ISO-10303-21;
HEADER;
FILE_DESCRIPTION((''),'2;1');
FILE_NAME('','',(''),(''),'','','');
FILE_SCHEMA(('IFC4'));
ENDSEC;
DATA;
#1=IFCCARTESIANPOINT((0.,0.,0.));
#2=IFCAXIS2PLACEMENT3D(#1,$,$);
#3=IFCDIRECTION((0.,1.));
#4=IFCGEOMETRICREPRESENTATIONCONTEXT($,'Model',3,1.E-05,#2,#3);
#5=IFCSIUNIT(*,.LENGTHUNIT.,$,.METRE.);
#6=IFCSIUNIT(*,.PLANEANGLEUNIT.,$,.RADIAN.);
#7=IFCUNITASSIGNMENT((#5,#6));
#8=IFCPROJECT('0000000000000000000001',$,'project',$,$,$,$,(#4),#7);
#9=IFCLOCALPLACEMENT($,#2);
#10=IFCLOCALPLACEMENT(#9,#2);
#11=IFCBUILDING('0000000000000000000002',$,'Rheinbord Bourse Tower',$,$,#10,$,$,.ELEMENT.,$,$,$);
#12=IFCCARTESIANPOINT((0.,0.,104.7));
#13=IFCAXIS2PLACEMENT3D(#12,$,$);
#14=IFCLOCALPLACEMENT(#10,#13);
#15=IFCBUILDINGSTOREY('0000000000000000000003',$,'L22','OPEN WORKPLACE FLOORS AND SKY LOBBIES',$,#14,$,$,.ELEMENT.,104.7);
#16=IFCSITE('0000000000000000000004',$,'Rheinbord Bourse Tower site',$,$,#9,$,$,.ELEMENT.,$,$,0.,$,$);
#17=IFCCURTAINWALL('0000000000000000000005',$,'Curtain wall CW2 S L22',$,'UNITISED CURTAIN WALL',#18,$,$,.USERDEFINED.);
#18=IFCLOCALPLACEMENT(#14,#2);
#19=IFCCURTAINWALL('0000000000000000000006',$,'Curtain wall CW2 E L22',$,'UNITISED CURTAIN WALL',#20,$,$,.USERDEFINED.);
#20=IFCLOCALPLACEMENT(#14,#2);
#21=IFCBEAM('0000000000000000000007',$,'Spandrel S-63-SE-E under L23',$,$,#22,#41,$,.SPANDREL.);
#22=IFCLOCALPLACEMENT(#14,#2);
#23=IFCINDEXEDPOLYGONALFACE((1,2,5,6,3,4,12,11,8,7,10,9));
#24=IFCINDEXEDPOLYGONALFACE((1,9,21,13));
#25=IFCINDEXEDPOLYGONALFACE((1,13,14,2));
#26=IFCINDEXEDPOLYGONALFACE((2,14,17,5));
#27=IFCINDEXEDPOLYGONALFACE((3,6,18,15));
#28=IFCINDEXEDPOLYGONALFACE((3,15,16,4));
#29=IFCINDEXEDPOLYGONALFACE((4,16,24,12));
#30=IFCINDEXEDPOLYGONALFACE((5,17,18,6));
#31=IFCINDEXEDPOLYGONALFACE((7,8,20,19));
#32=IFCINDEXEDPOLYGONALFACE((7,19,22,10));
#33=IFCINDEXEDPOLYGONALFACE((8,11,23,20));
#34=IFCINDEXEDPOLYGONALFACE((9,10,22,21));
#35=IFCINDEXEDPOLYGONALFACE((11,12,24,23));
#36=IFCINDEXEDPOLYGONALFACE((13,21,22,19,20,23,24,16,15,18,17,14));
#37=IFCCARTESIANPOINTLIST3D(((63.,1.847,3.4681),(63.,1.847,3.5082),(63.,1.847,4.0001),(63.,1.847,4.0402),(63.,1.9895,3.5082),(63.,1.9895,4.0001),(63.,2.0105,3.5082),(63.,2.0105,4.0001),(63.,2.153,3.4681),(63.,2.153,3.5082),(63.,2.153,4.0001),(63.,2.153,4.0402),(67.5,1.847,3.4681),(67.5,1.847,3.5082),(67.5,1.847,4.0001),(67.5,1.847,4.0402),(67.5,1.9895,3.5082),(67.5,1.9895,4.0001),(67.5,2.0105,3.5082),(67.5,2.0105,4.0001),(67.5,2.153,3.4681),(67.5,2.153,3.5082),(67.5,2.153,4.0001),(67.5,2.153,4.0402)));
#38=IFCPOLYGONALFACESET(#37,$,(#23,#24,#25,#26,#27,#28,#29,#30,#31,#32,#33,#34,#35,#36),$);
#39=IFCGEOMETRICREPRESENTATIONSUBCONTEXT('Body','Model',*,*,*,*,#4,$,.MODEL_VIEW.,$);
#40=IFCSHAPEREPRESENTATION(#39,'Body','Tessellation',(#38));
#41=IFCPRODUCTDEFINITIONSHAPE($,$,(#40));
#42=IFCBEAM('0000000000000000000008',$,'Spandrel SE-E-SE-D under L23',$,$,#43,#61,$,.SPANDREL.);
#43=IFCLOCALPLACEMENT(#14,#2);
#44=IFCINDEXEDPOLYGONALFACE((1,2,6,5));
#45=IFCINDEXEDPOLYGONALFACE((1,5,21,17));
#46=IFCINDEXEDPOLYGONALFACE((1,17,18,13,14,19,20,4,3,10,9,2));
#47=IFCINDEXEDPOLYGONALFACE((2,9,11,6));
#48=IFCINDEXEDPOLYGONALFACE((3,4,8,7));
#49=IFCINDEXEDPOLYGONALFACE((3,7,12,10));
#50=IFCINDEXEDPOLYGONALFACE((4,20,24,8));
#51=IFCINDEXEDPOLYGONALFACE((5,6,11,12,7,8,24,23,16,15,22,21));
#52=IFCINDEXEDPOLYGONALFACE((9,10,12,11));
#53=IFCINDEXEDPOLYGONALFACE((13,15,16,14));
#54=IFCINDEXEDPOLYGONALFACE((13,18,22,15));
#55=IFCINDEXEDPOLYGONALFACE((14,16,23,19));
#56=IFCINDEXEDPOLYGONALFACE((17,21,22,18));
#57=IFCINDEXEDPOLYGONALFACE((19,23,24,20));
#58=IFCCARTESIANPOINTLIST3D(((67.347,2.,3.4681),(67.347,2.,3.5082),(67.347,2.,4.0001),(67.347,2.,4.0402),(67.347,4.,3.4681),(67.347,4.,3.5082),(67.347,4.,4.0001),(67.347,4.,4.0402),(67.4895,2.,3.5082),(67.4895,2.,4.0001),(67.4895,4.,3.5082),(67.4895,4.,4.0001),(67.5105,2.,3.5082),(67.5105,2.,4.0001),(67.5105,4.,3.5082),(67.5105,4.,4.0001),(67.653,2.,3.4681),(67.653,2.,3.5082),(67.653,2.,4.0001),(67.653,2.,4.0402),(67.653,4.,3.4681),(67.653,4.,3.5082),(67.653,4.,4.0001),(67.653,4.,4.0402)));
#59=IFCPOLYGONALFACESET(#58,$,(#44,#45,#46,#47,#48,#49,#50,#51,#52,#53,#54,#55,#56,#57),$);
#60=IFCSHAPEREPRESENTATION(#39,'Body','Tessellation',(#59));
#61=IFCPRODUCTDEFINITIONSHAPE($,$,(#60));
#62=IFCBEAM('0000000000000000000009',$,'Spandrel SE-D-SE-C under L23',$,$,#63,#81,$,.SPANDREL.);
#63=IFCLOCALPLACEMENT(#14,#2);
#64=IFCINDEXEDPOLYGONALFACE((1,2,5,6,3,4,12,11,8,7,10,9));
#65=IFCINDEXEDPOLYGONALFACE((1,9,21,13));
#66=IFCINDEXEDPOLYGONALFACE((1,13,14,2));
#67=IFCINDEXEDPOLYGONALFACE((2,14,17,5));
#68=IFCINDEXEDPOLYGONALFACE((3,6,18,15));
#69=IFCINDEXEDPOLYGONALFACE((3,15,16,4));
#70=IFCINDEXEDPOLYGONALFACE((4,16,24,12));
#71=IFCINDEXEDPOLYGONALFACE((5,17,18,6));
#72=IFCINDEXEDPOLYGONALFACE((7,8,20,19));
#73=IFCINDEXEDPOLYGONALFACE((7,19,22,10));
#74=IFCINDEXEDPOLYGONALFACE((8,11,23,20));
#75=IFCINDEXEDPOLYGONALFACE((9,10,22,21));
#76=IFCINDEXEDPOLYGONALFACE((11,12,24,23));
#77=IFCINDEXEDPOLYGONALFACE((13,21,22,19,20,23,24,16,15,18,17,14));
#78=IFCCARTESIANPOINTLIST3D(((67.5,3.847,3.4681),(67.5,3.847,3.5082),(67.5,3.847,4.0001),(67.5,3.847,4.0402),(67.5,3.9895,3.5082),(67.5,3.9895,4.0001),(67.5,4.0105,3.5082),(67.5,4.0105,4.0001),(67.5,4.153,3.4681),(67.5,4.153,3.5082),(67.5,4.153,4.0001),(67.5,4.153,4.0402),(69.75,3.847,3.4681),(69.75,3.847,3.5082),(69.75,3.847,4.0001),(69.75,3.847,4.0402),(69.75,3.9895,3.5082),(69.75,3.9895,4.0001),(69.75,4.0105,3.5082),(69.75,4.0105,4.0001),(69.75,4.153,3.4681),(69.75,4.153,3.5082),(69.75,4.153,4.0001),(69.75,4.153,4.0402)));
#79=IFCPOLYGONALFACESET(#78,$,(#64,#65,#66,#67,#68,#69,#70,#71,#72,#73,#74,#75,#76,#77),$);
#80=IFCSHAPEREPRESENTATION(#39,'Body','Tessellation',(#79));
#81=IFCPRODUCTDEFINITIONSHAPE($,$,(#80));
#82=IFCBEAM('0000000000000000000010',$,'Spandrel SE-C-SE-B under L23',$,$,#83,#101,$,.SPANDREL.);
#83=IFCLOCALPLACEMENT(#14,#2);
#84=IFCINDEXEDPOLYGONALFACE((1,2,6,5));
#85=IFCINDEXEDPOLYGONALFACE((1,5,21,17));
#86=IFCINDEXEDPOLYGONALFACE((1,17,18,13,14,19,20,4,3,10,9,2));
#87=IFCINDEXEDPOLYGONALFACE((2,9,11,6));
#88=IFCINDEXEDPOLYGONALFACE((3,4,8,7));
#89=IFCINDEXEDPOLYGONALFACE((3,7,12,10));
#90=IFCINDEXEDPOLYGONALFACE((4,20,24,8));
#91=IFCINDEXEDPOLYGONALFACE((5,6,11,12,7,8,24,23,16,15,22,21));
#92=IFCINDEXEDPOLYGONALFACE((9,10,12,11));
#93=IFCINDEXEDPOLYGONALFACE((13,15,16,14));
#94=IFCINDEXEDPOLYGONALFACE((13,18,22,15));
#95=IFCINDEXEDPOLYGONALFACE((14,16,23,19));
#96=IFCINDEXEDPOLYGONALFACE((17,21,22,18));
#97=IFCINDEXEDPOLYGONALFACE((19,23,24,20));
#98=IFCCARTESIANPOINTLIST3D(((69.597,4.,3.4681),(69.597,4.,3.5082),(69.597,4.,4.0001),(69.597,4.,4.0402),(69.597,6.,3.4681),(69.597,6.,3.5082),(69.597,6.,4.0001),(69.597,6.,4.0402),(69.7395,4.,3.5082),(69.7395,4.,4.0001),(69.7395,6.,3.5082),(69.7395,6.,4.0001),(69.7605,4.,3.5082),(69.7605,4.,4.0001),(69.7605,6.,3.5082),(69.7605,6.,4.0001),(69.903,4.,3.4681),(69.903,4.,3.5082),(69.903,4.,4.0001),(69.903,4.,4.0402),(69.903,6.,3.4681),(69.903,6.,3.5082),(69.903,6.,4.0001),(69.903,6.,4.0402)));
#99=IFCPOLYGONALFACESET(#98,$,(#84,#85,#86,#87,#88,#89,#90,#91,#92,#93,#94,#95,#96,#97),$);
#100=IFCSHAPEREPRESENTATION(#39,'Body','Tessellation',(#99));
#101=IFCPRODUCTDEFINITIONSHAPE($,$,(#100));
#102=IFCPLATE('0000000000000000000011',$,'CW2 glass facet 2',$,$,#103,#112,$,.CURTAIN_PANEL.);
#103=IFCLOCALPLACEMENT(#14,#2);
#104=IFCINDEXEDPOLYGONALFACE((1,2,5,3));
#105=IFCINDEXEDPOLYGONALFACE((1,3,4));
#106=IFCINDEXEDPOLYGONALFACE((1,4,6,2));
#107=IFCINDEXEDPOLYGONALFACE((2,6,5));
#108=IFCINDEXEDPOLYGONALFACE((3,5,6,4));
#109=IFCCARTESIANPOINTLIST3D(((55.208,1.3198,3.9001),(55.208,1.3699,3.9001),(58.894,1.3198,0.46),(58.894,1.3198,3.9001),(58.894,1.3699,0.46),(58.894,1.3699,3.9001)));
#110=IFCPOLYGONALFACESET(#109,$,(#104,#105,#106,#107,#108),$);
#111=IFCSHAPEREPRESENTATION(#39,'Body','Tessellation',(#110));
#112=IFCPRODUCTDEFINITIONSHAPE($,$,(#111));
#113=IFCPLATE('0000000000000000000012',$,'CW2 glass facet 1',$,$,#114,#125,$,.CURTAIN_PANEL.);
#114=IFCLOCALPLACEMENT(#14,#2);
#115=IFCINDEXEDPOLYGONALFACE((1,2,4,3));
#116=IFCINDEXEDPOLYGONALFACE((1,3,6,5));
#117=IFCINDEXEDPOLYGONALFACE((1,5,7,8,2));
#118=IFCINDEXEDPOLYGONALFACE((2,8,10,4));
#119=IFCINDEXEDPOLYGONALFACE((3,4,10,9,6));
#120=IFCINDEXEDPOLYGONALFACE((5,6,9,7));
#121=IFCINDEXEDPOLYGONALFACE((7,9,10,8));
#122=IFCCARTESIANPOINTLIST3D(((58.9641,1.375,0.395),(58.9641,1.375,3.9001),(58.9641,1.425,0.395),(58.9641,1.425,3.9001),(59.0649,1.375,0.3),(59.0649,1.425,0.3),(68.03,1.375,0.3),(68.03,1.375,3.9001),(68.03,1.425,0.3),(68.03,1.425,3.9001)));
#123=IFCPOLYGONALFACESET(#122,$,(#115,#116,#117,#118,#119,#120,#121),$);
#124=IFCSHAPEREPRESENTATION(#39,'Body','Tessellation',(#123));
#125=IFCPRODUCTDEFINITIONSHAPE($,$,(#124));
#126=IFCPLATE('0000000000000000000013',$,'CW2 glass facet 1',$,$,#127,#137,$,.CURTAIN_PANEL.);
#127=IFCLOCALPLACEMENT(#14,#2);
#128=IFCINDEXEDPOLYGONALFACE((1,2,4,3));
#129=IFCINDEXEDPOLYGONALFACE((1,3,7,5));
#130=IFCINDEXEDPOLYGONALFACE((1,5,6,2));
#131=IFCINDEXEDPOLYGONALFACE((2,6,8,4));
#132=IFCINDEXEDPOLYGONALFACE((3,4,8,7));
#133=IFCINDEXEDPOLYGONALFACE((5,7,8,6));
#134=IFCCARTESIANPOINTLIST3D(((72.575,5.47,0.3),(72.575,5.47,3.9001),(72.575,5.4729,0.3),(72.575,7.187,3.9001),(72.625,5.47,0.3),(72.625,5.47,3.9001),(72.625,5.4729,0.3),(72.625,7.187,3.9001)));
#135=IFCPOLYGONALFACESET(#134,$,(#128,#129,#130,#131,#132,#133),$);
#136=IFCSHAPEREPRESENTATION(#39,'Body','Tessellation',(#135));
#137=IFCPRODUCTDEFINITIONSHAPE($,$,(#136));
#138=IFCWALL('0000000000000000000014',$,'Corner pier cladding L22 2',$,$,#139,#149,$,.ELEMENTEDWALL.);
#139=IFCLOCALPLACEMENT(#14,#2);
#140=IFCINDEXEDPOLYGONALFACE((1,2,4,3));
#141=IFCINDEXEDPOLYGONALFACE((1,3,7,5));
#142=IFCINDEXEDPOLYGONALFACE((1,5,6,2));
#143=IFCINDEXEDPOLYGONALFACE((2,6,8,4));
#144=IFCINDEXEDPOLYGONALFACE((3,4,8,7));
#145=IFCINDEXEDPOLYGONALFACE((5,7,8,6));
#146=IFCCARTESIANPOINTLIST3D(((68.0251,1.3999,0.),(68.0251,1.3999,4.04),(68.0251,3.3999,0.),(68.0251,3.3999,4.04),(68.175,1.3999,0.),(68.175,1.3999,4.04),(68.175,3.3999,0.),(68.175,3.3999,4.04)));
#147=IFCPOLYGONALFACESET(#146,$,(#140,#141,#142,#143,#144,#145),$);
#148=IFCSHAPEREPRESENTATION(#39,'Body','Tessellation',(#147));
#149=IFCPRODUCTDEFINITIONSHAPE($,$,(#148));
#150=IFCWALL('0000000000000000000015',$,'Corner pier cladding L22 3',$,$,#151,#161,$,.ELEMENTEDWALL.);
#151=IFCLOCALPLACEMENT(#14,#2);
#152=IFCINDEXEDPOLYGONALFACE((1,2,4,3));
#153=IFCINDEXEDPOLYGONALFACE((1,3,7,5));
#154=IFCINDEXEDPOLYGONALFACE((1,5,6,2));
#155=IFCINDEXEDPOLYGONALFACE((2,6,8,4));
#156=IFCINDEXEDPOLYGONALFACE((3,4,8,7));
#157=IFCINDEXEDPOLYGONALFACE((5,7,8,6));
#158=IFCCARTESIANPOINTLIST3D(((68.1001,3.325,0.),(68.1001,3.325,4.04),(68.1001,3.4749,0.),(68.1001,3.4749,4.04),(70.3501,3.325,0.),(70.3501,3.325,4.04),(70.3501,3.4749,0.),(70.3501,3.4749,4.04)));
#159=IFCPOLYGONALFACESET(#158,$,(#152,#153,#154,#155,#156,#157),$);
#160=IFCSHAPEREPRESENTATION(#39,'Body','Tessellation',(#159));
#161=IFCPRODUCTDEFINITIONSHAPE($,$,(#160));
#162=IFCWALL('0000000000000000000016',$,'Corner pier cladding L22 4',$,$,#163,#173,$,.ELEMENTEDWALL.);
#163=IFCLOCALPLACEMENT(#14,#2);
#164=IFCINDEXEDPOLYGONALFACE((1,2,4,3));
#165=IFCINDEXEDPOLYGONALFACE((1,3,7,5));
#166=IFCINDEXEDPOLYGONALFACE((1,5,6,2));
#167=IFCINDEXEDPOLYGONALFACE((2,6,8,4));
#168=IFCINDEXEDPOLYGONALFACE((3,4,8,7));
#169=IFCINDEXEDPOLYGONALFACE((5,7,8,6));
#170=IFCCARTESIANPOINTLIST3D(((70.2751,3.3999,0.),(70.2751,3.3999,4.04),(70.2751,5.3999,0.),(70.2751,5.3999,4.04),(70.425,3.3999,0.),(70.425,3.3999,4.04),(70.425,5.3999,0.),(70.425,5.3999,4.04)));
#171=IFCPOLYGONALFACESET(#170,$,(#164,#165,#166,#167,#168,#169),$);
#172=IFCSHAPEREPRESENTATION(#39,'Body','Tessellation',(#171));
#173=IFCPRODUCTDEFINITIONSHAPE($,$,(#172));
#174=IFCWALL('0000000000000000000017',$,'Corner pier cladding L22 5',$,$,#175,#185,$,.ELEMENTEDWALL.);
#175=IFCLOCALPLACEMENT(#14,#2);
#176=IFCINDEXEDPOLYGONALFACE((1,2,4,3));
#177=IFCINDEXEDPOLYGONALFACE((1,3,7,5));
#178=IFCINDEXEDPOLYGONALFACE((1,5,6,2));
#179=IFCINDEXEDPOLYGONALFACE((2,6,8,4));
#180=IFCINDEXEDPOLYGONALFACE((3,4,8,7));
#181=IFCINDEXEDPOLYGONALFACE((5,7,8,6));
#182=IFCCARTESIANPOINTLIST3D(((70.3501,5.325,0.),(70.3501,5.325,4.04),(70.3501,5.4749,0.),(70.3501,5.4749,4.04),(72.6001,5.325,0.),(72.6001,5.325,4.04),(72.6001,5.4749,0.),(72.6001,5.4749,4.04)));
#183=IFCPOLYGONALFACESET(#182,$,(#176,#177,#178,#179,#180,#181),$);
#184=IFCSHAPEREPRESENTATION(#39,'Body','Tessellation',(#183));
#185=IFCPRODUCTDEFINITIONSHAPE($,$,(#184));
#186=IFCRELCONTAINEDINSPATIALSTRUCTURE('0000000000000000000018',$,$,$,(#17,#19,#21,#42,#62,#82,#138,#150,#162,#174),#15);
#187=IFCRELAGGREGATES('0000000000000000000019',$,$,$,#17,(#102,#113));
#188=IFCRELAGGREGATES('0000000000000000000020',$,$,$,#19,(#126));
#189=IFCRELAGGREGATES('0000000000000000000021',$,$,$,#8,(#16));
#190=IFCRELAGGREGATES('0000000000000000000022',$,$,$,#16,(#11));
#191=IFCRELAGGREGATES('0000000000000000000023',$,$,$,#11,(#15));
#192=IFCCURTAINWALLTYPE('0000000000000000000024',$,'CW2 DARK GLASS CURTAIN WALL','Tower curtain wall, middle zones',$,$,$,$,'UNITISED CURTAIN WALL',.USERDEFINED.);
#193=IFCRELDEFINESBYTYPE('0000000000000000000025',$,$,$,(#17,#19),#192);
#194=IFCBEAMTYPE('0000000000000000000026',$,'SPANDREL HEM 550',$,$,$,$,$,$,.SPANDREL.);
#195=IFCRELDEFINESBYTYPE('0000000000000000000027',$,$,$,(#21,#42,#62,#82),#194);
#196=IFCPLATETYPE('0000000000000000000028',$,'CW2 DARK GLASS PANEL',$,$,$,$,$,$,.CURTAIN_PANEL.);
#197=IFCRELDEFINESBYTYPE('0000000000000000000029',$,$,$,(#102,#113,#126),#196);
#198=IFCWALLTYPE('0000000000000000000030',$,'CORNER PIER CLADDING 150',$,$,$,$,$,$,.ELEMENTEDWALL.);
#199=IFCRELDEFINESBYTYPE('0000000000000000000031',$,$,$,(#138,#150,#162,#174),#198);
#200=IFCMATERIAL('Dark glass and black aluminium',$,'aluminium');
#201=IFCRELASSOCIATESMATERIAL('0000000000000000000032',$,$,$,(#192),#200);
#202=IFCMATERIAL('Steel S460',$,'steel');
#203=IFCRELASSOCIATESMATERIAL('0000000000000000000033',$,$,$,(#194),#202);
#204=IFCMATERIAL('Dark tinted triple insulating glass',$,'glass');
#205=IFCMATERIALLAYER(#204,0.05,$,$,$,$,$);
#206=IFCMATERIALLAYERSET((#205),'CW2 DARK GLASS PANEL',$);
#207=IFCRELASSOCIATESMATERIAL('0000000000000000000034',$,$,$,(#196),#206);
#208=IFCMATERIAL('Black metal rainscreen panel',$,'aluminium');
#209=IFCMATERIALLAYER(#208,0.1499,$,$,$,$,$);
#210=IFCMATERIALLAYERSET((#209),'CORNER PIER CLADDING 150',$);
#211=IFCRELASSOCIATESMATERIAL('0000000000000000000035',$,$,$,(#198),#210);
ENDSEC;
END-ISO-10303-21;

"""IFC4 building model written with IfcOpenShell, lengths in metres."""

from ifc_helpers import new_model, si_unit, direction, frame, frame_2d, origin, origin_2d, place, context, subcontext, project, spatial, polyline, rectangle, i_section, outline, extrude, material, layer, layer_set, material_profile, profile_set, type_object, element, aggregate, save


model = new_model("IFC4")

# Units and contexts
model_context = context("Model", 3, precision=1e-05, world=origin(), true_north=direction((0.0, 1.0)))
body_context = subcontext(model_context, "Body", "Model", "MODEL_VIEW")
ifc_project = project(units=[si_unit("LENGTHUNIT", "METRE"), si_unit("PLANEANGLEUNIT", "RADIAN")], contexts=[model_context])

# Site, building, storey
site_placement = place(None, origin())
site = spatial("IfcSite", under=ifc_project, at=site_placement, Name="Rheinbord Bourse Tower site", CompositionType="ELEMENT", RefElevation=0.0)
building_placement = place(site_placement, origin())
building = spatial("IfcBuilding", under=site, at=building_placement, Name="Rheinbord Bourse Tower", CompositionType="ELEMENT")
storey_placement = place(building_placement, frame((0.0, 0.0, 104.7)))
storey = spatial("IfcBuildingStorey", under=building, at=storey_placement, Name="L22", Description="OPEN WORKPLACE FLOORS AND SKY LOBBIES", CompositionType="ELEMENT", Elevation=104.7)

# Curtain wall
ifc_material_1 = material(Name="Dark glass and black aluminium", Category="aluminium")
curtain_wall_type = type_object("IfcCurtainWallType", Name="CW2 DARK GLASS CURTAIN WALL", Description="Tower curtain wall, middle zones", ElementType="UNITISED CURTAIN WALL", PredefinedType="USERDEFINED", material=ifc_material_1)
curtain_wall_1_placement = place(storey_placement, origin())
curtain_wall_1 = element("IfcCurtainWall", 1, at=curtain_wall_1_placement, inside=storey, type_object=curtain_wall_type, Name="Curtain wall CW2 S L22", ObjectType="UNITISED CURTAIN WALL", PredefinedType="USERDEFINED")

# Curtain wall
curtain_wall_2_placement = place(storey_placement, origin())
curtain_wall_2 = element("IfcCurtainWall", 2, at=curtain_wall_2_placement, inside=storey, type_object=curtain_wall_type, Name="Curtain wall CW2 E L22", ObjectType="UNITISED CURTAIN WALL", PredefinedType="USERDEFINED")

# Beams
ifc_material_2 = material(Name="Steel S460", Category="steel")
ifc_material_profile_1 = material_profile(ifc_material_2, i_section(OverallWidth=0.3059, OverallDepth=0.572, WebThickness=0.021, FlangeThickness=0.04, at=origin_2d()), Name="HEM 550")
ifc_profile_set_1 = profile_set([ifc_material_profile_1], Name="Steel S460")
beam_type_1 = type_object("IfcBeamType", Name="SPANDREL HEM 550", PredefinedType="SPANDREL", material=ifc_profile_set_1)
for number, where, z_axis, x_axis, name in (
    (3, (63.0, 2.0, 3.7542), (1.0, 0.0, 0.0), (0.0, 1.0, 0.0), "Spandrel S-63-SE-E under L23"),
):
    element("IfcBeam", number, at=place(storey_placement, frame(where, z_axis=z_axis, x_axis=x_axis)), inside=storey, type_object=beam_type_1, Name=name, PredefinedType="SPANDREL", context=body_context, shape_type="SweptSolid", body=[
        extrude(i_section(OverallWidth=0.3059, OverallDepth=0.572, WebThickness=0.021, FlangeThickness=0.04, at=origin_2d()), origin(), (0.0, 0.0, 1.0), 4.5),
    ])
beam_1_placement = place(storey_placement, frame((67.5, 2.0, 3.7542), z_axis=(0.0, 1.0, 0.0), x_axis=(-1.0, 0.0, 0.0)))
element("IfcBeam", 4, at=beam_1_placement, inside=storey, type_object=beam_type_1, Name="Spandrel SE-E-SE-D under L23", PredefinedType="SPANDREL", context=body_context, shape_type="SweptSolid", body=[
    extrude(i_section(OverallWidth=0.3059, OverallDepth=0.572, WebThickness=0.021, FlangeThickness=0.04, at=origin_2d()), origin(), (0.0, 0.0, 1.0), 2.0),
])
beam_2_placement = place(storey_placement, frame((67.5, 4.0, 3.7542), z_axis=(1.0, 0.0, 0.0), x_axis=(0.0, 1.0, 0.0)))
element("IfcBeam", 5, at=beam_2_placement, inside=storey, type_object=beam_type_1, Name="Spandrel SE-D-SE-C under L23", PredefinedType="SPANDREL", context=body_context, shape_type="SweptSolid", body=[
    extrude(i_section(OverallWidth=0.3059, OverallDepth=0.572, WebThickness=0.021, FlangeThickness=0.04, at=origin_2d()), origin(), (0.0, 0.0, 1.0), 2.25),
])
beam_3_placement = place(storey_placement, frame((69.75, 4.0, 3.7542), z_axis=(0.0, 1.0, 0.0), x_axis=(-1.0, 0.0, 0.0)))
element("IfcBeam", 6, at=beam_3_placement, inside=storey, type_object=beam_type_1, Name="Spandrel SE-C-SE-B under L23", PredefinedType="SPANDREL", context=body_context, shape_type="SweptSolid", body=[
    extrude(i_section(OverallWidth=0.3059, OverallDepth=0.572, WebThickness=0.021, FlangeThickness=0.04, at=origin_2d()), origin(), (0.0, 0.0, 1.0), 2.0),
])

# Plates
ifc_material_3 = material(Name="Dark tinted triple insulating glass", Category="glass")
ifc_layer_1 = layer(ifc_material_3, 0.05)
ifc_layer_set_1 = layer_set([ifc_layer_1], Name="CW2 DARK GLASS PANEL")
plate_type = type_object("IfcPlateType", Name="CW2 DARK GLASS PANEL", PredefinedType="CURTAIN_PANEL", material=ifc_layer_set_1)
plate_1_placement = place(storey_placement, frame((58.894, 1.3198, 3.9001), z_axis=(0.0, 1.0, 0.0), x_axis=(0.0, 0.0, -1.0)))
plate_1 = element("IfcPlate", 7, at=plate_1_placement, type_object=plate_type, Name="CW2 glass facet 2", PredefinedType="CURTAIN_PANEL", context=body_context, shape_type="SweptSolid", body=[
    extrude(outline(polyline([(0.0, 0.0), (3.4402, 0.0), (0.0, 3.686), (0.0, 0.0)])), origin(), (0.0, 0.0, 1.0), 0.05),
])
plate_2_placement = place(storey_placement, frame((58.9641, 1.375, 3.9001), z_axis=(0.0, 1.0, 0.0), x_axis=(1.0, 0.0, 0.0)))
plate_2 = element("IfcPlate", 8, at=plate_2_placement, type_object=plate_type, Name="CW2 glass facet 1", PredefinedType="CURTAIN_PANEL", context=body_context, shape_type="SweptSolid", body=[
    extrude(outline(polyline([(0.0, 0.0), (9.0659, 0.0), (9.0659, 3.6001), (0.1008, 3.6001), (0.0, 3.5051), (0.0, 0.0)])), origin(), (0.0, 0.0, 1.0), 0.05),
])
aggregate(curtain_wall_1, [plate_1, plate_2])
plate_3_placement = place(storey_placement, frame((72.625, 5.47, 0.3), z_axis=(-1.0, 0.0, 0.0), x_axis=(0.0, 0.0, 1.0)))
plate_3 = element("IfcPlate", 9, at=plate_3_placement, type_object=plate_type, Name="CW2 glass facet 1", PredefinedType="CURTAIN_PANEL", context=body_context, shape_type="SweptSolid", body=[
    extrude(outline(polyline([(0.0, 0.0), (3.6001, 0.0), (3.6001, 1.717), (0.0, 0.0029), (0.0, 0.0)])), origin(), (0.0, 0.0, 1.0), 0.05),
])
aggregate(curtain_wall_2, [plate_3])

# Walls
ifc_material_4 = material(Name="Black metal rainscreen panel", Category="aluminium")
ifc_layer_2 = layer(ifc_material_4, 0.1499)
ifc_layer_set_2 = layer_set([ifc_layer_2], Name="CORNER PIER CLADDING 150")
wall_type = type_object("IfcWallType", Name="CORNER PIER CLADDING 150", PredefinedType="ELEMENTEDWALL", material=ifc_layer_set_2)
wall_1_placement = place(storey_placement, frame((68.1001, 1.3999, 0.0), z_axis=(0.0, 0.0, 1.0), x_axis=(0.0, 1.0, 0.0)))
element("IfcWall", 10, at=wall_1_placement, inside=storey, type_object=wall_type, Name="Corner pier cladding L22 2", PredefinedType="ELEMENTEDWALL", context=body_context, shape_type="SweptSolid", body=[
    extrude(rectangle(XDim=2.0, YDim=0.1499, at=frame_2d((1.0, 0.0))), origin(), (0.0, 0.0, 1.0), 4.04),
])
wall_2_placement = place(storey_placement, frame((68.1001, 3.3999, 0.0), z_axis=(0.0, 0.0, 1.0), x_axis=(1.0, 0.0, 0.0)))
element("IfcWall", 11, at=wall_2_placement, inside=storey, type_object=wall_type, Name="Corner pier cladding L22 3", PredefinedType="ELEMENTEDWALL", context=body_context, shape_type="SweptSolid", body=[
    extrude(rectangle(XDim=2.25, YDim=0.1499, at=frame_2d((1.125, 0.0))), origin(), (0.0, 0.0, 1.0), 4.04),
])
wall_3_placement = place(storey_placement, frame((70.3501, 3.3999, 0.0), z_axis=(0.0, 0.0, 1.0), x_axis=(0.0, 1.0, 0.0)))
element("IfcWall", 12, at=wall_3_placement, inside=storey, type_object=wall_type, Name="Corner pier cladding L22 4", PredefinedType="ELEMENTEDWALL", context=body_context, shape_type="SweptSolid", body=[
    extrude(rectangle(XDim=2.0, YDim=0.1499, at=frame_2d((1.0, 0.0))), origin(), (0.0, 0.0, 1.0), 4.04),
])
wall_4_placement = place(storey_placement, frame((70.3501, 5.3999, 0.0), z_axis=(0.0, 0.0, 1.0), x_axis=(1.0, 0.0, 0.0)))
element("IfcWall", 13, at=wall_4_placement, inside=storey, type_object=wall_type, Name="Corner pier cladding L22 5", PredefinedType="ELEMENTEDWALL", context=body_context, shape_type="SweptSolid", body=[
    extrude(rectangle(XDim=2.25, YDim=0.1499, at=frame_2d((1.125, 0.0))), origin(), (0.0, 0.0, 1.0), 4.04),
])

save(model, "model.ifc")
